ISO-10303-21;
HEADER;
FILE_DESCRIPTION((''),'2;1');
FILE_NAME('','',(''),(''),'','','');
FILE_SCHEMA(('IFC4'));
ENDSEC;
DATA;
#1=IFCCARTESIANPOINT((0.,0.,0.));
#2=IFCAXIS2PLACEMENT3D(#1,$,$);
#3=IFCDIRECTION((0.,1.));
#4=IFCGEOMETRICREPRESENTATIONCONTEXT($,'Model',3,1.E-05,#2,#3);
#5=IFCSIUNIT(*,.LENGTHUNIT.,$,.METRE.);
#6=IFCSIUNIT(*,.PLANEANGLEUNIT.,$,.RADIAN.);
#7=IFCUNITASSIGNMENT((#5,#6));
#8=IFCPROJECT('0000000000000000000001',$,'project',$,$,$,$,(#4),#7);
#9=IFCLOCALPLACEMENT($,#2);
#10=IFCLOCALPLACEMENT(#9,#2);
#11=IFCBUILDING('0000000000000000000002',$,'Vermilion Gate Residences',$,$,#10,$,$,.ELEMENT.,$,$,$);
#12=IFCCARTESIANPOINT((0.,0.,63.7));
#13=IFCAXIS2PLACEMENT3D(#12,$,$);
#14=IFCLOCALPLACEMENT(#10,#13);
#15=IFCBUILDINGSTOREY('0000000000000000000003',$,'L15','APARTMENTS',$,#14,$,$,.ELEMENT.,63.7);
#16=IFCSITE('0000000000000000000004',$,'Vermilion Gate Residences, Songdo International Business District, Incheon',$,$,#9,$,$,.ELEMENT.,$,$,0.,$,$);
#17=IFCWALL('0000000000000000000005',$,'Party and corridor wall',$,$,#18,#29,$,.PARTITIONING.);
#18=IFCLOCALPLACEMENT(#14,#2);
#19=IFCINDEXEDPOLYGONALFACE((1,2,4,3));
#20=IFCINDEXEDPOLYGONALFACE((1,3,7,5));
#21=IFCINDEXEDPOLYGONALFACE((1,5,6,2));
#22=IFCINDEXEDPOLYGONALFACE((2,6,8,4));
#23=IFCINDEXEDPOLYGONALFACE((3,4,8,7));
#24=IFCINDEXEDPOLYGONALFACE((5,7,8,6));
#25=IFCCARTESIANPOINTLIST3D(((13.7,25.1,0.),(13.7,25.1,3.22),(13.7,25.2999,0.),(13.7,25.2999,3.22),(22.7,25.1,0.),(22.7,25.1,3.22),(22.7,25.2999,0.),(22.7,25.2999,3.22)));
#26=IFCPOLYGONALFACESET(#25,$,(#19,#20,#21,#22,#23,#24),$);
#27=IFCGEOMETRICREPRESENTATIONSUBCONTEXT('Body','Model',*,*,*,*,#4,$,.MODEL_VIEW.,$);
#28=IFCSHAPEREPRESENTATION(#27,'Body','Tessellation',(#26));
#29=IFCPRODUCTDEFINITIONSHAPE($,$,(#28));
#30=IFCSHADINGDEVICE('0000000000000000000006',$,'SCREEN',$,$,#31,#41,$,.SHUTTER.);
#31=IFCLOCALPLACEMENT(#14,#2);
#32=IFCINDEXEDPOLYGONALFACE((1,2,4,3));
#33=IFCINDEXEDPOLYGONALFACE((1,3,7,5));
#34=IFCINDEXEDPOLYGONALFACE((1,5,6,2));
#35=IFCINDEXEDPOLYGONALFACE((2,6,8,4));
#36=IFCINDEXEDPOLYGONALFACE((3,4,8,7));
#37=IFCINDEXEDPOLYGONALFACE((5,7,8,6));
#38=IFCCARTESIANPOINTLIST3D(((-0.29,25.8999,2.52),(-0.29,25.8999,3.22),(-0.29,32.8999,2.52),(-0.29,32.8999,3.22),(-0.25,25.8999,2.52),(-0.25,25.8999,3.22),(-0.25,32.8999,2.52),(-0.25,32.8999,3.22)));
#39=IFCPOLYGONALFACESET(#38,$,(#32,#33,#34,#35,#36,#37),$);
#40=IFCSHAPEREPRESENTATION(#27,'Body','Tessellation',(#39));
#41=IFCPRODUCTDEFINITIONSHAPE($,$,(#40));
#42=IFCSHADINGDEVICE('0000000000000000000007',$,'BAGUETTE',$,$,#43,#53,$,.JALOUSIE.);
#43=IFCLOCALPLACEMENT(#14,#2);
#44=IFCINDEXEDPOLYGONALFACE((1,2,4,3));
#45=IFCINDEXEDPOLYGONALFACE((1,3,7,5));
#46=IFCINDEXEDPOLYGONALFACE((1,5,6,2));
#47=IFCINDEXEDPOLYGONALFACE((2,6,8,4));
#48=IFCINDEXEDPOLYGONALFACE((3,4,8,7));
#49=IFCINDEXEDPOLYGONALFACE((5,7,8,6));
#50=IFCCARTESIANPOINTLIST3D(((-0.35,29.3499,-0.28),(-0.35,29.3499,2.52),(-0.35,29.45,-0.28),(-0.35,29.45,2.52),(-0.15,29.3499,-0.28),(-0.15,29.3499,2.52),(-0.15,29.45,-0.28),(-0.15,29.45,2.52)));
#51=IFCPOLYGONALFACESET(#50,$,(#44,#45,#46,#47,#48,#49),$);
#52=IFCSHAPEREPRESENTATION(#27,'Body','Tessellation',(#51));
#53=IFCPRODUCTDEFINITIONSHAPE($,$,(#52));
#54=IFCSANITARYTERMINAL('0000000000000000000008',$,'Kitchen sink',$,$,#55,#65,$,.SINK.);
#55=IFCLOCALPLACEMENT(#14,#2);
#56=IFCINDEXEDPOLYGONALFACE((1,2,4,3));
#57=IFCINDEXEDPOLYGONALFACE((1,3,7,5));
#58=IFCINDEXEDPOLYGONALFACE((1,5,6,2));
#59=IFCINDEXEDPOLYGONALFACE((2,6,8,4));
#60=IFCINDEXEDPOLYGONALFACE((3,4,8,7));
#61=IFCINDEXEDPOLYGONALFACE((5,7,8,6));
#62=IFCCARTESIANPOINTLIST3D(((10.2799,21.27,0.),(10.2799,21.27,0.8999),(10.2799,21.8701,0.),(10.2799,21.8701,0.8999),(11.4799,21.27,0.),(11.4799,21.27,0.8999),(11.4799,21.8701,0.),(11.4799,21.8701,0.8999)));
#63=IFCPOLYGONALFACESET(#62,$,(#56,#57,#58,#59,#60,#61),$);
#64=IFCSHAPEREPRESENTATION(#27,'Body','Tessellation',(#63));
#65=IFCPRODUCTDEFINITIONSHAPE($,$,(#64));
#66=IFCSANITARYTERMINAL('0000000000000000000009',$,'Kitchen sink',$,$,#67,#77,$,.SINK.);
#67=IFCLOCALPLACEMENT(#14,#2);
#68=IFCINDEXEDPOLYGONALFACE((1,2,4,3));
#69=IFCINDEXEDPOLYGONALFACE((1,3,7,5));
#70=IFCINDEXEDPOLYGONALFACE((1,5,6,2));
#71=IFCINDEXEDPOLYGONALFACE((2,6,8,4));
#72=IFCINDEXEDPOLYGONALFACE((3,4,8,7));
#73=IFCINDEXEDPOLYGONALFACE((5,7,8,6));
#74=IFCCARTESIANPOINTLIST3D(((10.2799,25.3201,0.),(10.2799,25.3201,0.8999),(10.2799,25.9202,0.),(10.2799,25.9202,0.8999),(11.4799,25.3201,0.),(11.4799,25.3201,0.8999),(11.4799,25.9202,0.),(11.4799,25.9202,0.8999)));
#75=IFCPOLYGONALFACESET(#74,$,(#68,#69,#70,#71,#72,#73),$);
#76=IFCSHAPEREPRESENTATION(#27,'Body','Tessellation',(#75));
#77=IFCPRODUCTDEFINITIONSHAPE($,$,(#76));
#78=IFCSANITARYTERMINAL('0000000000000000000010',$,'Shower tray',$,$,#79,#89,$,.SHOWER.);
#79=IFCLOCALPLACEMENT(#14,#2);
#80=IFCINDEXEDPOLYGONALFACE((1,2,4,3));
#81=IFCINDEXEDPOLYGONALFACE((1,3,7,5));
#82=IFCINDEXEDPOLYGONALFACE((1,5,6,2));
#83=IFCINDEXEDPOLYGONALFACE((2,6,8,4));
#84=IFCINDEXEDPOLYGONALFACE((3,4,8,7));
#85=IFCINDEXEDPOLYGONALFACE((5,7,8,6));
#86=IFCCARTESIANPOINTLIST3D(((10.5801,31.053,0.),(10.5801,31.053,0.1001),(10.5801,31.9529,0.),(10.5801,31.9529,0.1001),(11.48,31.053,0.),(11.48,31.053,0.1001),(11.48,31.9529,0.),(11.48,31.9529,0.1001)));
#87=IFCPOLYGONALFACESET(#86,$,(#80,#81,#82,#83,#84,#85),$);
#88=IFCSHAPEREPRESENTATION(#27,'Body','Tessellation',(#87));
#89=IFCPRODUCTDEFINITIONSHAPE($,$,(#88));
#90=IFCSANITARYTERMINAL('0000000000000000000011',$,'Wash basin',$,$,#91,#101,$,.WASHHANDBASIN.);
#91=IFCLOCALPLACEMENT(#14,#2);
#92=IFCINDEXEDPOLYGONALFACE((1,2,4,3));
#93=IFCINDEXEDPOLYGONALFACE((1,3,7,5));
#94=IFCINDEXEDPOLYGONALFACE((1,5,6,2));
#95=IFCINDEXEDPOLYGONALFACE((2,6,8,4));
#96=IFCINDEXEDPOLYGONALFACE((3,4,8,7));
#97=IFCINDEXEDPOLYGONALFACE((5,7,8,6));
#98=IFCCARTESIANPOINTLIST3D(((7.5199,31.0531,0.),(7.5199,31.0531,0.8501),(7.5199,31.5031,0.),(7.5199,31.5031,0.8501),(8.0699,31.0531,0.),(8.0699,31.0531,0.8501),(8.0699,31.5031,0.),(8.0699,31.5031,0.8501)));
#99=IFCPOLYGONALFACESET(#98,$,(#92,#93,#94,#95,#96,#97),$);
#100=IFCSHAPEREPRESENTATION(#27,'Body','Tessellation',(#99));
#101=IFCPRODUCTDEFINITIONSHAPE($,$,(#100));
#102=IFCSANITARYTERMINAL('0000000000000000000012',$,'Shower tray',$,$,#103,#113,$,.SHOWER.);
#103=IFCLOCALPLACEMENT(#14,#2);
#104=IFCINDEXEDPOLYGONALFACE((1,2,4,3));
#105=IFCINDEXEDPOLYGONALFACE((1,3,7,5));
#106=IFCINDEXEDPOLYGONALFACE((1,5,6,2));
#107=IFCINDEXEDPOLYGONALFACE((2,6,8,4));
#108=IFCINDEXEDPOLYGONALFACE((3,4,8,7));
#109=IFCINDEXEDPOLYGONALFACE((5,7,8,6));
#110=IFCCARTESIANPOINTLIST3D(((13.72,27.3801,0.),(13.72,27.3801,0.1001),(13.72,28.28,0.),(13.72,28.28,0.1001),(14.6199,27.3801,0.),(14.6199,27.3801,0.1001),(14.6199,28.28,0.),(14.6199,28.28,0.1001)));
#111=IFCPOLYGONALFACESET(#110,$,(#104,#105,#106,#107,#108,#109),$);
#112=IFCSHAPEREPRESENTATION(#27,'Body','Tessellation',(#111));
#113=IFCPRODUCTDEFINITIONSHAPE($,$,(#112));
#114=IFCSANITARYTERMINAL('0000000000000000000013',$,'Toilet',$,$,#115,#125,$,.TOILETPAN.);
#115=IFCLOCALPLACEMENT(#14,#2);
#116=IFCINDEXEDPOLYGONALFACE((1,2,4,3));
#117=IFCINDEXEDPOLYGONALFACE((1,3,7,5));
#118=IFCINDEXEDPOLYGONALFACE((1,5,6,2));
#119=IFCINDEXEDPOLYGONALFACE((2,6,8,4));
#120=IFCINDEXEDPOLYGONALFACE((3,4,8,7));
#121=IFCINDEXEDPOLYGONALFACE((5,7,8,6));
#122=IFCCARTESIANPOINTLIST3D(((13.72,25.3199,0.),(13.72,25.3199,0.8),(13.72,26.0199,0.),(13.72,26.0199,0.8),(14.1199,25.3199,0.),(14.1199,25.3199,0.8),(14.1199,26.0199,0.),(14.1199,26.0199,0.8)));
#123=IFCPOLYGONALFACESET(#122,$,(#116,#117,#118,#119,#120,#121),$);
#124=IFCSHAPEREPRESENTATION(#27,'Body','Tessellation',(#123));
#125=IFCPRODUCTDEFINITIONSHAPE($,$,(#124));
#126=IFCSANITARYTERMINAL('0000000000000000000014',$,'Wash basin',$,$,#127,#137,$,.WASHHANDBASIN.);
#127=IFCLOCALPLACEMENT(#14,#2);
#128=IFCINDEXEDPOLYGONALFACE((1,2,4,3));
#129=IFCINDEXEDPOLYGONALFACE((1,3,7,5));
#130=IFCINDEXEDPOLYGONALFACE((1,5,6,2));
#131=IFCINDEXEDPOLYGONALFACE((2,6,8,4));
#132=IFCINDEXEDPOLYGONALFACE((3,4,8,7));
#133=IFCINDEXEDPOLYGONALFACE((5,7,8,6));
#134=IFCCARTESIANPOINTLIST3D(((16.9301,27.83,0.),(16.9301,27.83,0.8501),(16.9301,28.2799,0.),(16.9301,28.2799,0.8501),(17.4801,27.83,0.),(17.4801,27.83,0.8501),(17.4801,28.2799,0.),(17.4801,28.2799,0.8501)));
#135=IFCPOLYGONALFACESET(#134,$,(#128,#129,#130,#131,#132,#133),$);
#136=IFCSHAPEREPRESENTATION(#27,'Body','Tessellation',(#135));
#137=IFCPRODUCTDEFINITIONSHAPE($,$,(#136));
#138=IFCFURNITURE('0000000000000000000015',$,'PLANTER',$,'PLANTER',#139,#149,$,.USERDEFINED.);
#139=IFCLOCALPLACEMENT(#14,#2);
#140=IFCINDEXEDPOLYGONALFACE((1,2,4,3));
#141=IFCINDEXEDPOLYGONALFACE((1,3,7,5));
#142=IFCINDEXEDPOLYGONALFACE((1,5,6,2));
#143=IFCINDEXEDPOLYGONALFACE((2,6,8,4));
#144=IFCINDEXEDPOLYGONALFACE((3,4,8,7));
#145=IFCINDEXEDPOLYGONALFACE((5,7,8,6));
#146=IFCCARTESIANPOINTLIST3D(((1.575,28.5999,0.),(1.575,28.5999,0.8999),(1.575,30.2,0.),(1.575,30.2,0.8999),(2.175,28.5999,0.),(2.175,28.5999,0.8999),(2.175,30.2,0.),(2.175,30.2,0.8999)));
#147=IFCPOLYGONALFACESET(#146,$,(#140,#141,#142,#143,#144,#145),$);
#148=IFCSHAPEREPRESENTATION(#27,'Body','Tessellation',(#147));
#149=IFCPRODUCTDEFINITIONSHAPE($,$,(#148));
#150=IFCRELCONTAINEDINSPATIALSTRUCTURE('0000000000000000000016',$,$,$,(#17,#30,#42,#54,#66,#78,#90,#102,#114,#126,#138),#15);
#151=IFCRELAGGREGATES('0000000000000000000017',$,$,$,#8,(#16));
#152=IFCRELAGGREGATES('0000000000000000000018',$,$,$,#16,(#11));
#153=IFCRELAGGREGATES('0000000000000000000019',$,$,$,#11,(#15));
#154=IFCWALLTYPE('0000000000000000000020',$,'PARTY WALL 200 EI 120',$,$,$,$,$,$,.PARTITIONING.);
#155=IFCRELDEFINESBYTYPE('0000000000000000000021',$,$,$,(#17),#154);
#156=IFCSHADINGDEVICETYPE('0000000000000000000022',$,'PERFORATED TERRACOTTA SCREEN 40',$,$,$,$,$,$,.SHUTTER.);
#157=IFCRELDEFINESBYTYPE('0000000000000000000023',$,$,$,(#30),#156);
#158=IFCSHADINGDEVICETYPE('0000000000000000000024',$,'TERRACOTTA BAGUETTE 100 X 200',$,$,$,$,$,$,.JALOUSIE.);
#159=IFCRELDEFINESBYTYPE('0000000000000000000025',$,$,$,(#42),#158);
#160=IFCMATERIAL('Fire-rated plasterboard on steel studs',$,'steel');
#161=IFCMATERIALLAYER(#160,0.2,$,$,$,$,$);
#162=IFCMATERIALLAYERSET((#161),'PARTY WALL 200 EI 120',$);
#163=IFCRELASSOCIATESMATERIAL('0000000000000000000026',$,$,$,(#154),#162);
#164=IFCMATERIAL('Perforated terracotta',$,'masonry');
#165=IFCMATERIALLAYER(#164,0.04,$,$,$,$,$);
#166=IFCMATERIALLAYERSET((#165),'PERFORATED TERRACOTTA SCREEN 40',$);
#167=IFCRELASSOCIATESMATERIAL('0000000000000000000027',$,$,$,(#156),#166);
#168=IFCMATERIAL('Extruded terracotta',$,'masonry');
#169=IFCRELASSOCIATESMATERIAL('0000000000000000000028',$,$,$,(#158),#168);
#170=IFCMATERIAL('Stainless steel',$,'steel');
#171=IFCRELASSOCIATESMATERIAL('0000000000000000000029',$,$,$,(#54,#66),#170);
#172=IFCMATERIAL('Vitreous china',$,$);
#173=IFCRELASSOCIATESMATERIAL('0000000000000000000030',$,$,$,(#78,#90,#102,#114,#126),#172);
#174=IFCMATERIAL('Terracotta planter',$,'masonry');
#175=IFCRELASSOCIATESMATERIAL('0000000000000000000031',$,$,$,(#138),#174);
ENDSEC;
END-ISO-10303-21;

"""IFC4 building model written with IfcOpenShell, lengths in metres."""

from ifc_helpers import new_model, si_unit, direction, frame, frame_2d, origin, origin_2d, place, context, subcontext, project, spatial, rectangle, extrude, material, layer, layer_set, material_profile, profile_set, type_object, element, save


model = new_model("IFC4")

# Units and contexts
model_context = context("Model", 3, precision=1e-05, world=origin(), true_north=direction((0.0, 1.0)))
body_context = subcontext(model_context, "Body", "Model", "MODEL_VIEW")
ifc_project = project(units=[si_unit("LENGTHUNIT", "METRE"), si_unit("PLANEANGLEUNIT", "RADIAN")], contexts=[model_context])

# Site, building, storey
site_placement = place(None, origin())
site = spatial("IfcSite", under=ifc_project, at=site_placement, Name="Vermilion Gate Residences, Songdo International Business District, Incheon", CompositionType="ELEMENT", RefElevation=0.0)
building_placement = place(site_placement, origin())
building = spatial("IfcBuilding", under=site, at=building_placement, Name="Vermilion Gate Residences", CompositionType="ELEMENT")
storey_placement = place(building_placement, frame((0.0, 0.0, 63.7)))
storey = spatial("IfcBuildingStorey", under=building, at=storey_placement, Name="L15", Description="APARTMENTS", CompositionType="ELEMENT", Elevation=63.7)

# Wall
ifc_material_1 = material(Name="Fire-rated plasterboard on steel studs", Category="steel")
ifc_layer_1 = layer(ifc_material_1, 0.2)
ifc_layer_set_1 = layer_set([ifc_layer_1], Name="PARTY WALL 200 EI 120")
wall_type_1 = type_object("IfcWallType", Name="PARTY WALL 200 EI 120", PredefinedType="PARTITIONING", material=ifc_layer_set_1)
wall_1_placement = place(storey_placement, frame((13.7, 25.2, 0.0), z_axis=(0.0, 0.0, 1.0), x_axis=(1.0, 0.0, 0.0)))
element("IfcWall", 1, at=wall_1_placement, inside=storey, type_object=wall_type_1, Name="Party and corridor wall", PredefinedType="PARTITIONING", context=body_context, shape_type="SweptSolid", body=[
    extrude(rectangle(XDim=9.0, YDim=0.2, at=frame_2d((4.5, 0.0))), origin(), (0.0, 0.0, 1.0), 3.22),
])

# Shading devices
ifc_material_2 = material(Name="Perforated terracotta", Category="masonry")
ifc_layer_2 = layer(ifc_material_2, 0.04)
ifc_layer_set_2 = layer_set([ifc_layer_2], Name="PERFORATED TERRACOTTA SCREEN 40")
shading_device_type_1 = type_object("IfcShadingDeviceType", Name="PERFORATED TERRACOTTA SCREEN 40", PredefinedType="SHUTTER", material=ifc_layer_set_2)
shading_device_1_placement = place(storey_placement, frame((-0.27, 29.3999, 2.52), z_axis=(0.0, 0.0, 1.0), x_axis=(0.0, -1.0, 0.0)))
element("IfcShadingDevice", 2, at=shading_device_1_placement, inside=storey, type_object=shading_device_type_1, Name="SCREEN", PredefinedType="SHUTTER", context=body_context, shape_type="SweptSolid", body=[
    extrude(rectangle(XDim=7.0, YDim=0.04, at=origin_2d()), origin(), (0.0, 0.0, 1.0), 0.7),
])
ifc_material_3 = material(Name="Extruded terracotta", Category="masonry")
ifc_material_profile_1 = material_profile(ifc_material_3, rectangle(XDim=0.2, YDim=0.1001, at=origin_2d()), Name="BAGUETTE 100 X 200")
ifc_profile_set_1 = profile_set([ifc_material_profile_1], Name="Extruded terracotta")
shading_device_type_2 = type_object("IfcShadingDeviceType", Name="TERRACOTTA BAGUETTE 100 X 200", PredefinedType="JALOUSIE", material=ifc_profile_set_1)
shading_device_2_placement = place(storey_placement, frame((-0.25, 29.3999, -0.28), z_axis=(0.0, 0.0, 1.0), x_axis=(1.0, 0.0, 0.0)))
element("IfcShadingDevice", 3, at=shading_device_2_placement, inside=storey, type_object=shading_device_type_2, Name="BAGUETTE", PredefinedType="JALOUSIE", context=body_context, shape_type="SweptSolid", body=[
    extrude(rectangle(XDim=0.2, YDim=0.1001, at=origin_2d()), origin(), (0.0, 0.0, 1.0), 2.8),
])

# Sanitary terminals
ifc_material_4 = material(Name="Stainless steel", Category="steel")
for number, where, z_axis, x_axis, name in (
    (4, (10.8799, 21.5701, 0.0), (0.0, 0.0, 1.0), (1.0, 0.0, 0.0), "Kitchen sink"),
    (5, (10.8799, 25.6201, 0.0), (0.0, 0.0, 1.0), (1.0, 0.0, 0.0), "Kitchen sink"),
):
    element("IfcSanitaryTerminal", number, at=place(storey_placement, frame(where, z_axis=z_axis, x_axis=x_axis)), inside=storey, material=ifc_material_4, Name=name, PredefinedType="SINK", context=body_context, shape_type="SweptSolid", body=[
        extrude(rectangle(XDim=1.2, YDim=0.6001, at=origin_2d()), origin(), (0.0, 0.0, 1.0), 0.8999),
    ])
ifc_material_5 = material(Name="Vitreous china")
sanitary_terminal_1_placement = place(storey_placement, frame((11.03, 31.5029, 0.0), z_axis=(0.0, 0.0, 1.0), x_axis=(1.0, 0.0, 0.0)))
element("IfcSanitaryTerminal", 6, at=sanitary_terminal_1_placement, inside=storey, material=ifc_material_5, Name="Shower tray", PredefinedType="SHOWER", context=body_context, shape_type="SweptSolid", body=[
    extrude(rectangle(XDim=0.8999, YDim=0.8999, at=origin_2d()), origin(), (0.0, 0.0, 1.0), 0.1001),
])
sanitary_terminal_2_placement = place(storey_placement, frame((7.7949, 31.2781, 0.0), z_axis=(0.0, 0.0, 1.0), x_axis=(1.0, 0.0, 0.0)))
element("IfcSanitaryTerminal", 7, at=sanitary_terminal_2_placement, inside=storey, material=ifc_material_5, Name="Wash basin", PredefinedType="WASHHANDBASIN", context=body_context, shape_type="SweptSolid", body=[
    extrude(rectangle(XDim=0.55, YDim=0.45, at=origin_2d()), origin(), (0.0, 0.0, 1.0), 0.8501),
])
sanitary_terminal_3_placement = place(storey_placement, frame((14.1699, 27.8301, 0.0), z_axis=(0.0, 0.0, 1.0), x_axis=(1.0, 0.0, 0.0)))
element("IfcSanitaryTerminal", 8, at=sanitary_terminal_3_placement, inside=storey, material=ifc_material_5, Name="Shower tray", PredefinedType="SHOWER", context=body_context, shape_type="SweptSolid", body=[
    extrude(rectangle(XDim=0.8999, YDim=0.8999, at=origin_2d()), origin(), (0.0, 0.0, 1.0), 0.1001),
])
sanitary_terminal_4_placement = place(storey_placement, frame((13.9199, 25.6699, 0.0), z_axis=(0.0, 0.0, 1.0), x_axis=(1.0, 0.0, 0.0)))
element("IfcSanitaryTerminal", 9, at=sanitary_terminal_4_placement, inside=storey, material=ifc_material_5, Name="Toilet", PredefinedType="TOILETPAN", context=body_context, shape_type="SweptSolid", body=[
    extrude(rectangle(XDim=0.3999, YDim=0.7, at=origin_2d()), origin(), (0.0, 0.0, 1.0), 0.8),
])
sanitary_terminal_5_placement = place(storey_placement, frame((17.2051, 28.0549, 0.0), z_axis=(0.0, 0.0, 1.0), x_axis=(1.0, 0.0, 0.0)))
element("IfcSanitaryTerminal", 10, at=sanitary_terminal_5_placement, inside=storey, material=ifc_material_5, Name="Wash basin", PredefinedType="WASHHANDBASIN", context=body_context, shape_type="SweptSolid", body=[
    extrude(rectangle(XDim=0.55, YDim=0.45, at=origin_2d()), origin(), (0.0, 0.0, 1.0), 0.8501),
])

# Furniture
ifc_material_6 = material(Name="Terracotta planter", Category="masonry")
furniture_placement = place(storey_placement, frame((1.875, 29.3999, 0.0), z_axis=(0.0, 0.0, 1.0), x_axis=(0.0, -1.0, 0.0)))
element("IfcFurniture", 11, at=furniture_placement, inside=storey, material=ifc_material_6, Name="PLANTER", ObjectType="PLANTER", PredefinedType="USERDEFINED", context=body_context, shape_type="SweptSolid", body=[
    extrude(rectangle(XDim=1.6001, YDim=0.6001, at=origin_2d()), origin(), (0.0, 0.0, 1.0), 0.8999),
])

save(model, "model.ifc")
